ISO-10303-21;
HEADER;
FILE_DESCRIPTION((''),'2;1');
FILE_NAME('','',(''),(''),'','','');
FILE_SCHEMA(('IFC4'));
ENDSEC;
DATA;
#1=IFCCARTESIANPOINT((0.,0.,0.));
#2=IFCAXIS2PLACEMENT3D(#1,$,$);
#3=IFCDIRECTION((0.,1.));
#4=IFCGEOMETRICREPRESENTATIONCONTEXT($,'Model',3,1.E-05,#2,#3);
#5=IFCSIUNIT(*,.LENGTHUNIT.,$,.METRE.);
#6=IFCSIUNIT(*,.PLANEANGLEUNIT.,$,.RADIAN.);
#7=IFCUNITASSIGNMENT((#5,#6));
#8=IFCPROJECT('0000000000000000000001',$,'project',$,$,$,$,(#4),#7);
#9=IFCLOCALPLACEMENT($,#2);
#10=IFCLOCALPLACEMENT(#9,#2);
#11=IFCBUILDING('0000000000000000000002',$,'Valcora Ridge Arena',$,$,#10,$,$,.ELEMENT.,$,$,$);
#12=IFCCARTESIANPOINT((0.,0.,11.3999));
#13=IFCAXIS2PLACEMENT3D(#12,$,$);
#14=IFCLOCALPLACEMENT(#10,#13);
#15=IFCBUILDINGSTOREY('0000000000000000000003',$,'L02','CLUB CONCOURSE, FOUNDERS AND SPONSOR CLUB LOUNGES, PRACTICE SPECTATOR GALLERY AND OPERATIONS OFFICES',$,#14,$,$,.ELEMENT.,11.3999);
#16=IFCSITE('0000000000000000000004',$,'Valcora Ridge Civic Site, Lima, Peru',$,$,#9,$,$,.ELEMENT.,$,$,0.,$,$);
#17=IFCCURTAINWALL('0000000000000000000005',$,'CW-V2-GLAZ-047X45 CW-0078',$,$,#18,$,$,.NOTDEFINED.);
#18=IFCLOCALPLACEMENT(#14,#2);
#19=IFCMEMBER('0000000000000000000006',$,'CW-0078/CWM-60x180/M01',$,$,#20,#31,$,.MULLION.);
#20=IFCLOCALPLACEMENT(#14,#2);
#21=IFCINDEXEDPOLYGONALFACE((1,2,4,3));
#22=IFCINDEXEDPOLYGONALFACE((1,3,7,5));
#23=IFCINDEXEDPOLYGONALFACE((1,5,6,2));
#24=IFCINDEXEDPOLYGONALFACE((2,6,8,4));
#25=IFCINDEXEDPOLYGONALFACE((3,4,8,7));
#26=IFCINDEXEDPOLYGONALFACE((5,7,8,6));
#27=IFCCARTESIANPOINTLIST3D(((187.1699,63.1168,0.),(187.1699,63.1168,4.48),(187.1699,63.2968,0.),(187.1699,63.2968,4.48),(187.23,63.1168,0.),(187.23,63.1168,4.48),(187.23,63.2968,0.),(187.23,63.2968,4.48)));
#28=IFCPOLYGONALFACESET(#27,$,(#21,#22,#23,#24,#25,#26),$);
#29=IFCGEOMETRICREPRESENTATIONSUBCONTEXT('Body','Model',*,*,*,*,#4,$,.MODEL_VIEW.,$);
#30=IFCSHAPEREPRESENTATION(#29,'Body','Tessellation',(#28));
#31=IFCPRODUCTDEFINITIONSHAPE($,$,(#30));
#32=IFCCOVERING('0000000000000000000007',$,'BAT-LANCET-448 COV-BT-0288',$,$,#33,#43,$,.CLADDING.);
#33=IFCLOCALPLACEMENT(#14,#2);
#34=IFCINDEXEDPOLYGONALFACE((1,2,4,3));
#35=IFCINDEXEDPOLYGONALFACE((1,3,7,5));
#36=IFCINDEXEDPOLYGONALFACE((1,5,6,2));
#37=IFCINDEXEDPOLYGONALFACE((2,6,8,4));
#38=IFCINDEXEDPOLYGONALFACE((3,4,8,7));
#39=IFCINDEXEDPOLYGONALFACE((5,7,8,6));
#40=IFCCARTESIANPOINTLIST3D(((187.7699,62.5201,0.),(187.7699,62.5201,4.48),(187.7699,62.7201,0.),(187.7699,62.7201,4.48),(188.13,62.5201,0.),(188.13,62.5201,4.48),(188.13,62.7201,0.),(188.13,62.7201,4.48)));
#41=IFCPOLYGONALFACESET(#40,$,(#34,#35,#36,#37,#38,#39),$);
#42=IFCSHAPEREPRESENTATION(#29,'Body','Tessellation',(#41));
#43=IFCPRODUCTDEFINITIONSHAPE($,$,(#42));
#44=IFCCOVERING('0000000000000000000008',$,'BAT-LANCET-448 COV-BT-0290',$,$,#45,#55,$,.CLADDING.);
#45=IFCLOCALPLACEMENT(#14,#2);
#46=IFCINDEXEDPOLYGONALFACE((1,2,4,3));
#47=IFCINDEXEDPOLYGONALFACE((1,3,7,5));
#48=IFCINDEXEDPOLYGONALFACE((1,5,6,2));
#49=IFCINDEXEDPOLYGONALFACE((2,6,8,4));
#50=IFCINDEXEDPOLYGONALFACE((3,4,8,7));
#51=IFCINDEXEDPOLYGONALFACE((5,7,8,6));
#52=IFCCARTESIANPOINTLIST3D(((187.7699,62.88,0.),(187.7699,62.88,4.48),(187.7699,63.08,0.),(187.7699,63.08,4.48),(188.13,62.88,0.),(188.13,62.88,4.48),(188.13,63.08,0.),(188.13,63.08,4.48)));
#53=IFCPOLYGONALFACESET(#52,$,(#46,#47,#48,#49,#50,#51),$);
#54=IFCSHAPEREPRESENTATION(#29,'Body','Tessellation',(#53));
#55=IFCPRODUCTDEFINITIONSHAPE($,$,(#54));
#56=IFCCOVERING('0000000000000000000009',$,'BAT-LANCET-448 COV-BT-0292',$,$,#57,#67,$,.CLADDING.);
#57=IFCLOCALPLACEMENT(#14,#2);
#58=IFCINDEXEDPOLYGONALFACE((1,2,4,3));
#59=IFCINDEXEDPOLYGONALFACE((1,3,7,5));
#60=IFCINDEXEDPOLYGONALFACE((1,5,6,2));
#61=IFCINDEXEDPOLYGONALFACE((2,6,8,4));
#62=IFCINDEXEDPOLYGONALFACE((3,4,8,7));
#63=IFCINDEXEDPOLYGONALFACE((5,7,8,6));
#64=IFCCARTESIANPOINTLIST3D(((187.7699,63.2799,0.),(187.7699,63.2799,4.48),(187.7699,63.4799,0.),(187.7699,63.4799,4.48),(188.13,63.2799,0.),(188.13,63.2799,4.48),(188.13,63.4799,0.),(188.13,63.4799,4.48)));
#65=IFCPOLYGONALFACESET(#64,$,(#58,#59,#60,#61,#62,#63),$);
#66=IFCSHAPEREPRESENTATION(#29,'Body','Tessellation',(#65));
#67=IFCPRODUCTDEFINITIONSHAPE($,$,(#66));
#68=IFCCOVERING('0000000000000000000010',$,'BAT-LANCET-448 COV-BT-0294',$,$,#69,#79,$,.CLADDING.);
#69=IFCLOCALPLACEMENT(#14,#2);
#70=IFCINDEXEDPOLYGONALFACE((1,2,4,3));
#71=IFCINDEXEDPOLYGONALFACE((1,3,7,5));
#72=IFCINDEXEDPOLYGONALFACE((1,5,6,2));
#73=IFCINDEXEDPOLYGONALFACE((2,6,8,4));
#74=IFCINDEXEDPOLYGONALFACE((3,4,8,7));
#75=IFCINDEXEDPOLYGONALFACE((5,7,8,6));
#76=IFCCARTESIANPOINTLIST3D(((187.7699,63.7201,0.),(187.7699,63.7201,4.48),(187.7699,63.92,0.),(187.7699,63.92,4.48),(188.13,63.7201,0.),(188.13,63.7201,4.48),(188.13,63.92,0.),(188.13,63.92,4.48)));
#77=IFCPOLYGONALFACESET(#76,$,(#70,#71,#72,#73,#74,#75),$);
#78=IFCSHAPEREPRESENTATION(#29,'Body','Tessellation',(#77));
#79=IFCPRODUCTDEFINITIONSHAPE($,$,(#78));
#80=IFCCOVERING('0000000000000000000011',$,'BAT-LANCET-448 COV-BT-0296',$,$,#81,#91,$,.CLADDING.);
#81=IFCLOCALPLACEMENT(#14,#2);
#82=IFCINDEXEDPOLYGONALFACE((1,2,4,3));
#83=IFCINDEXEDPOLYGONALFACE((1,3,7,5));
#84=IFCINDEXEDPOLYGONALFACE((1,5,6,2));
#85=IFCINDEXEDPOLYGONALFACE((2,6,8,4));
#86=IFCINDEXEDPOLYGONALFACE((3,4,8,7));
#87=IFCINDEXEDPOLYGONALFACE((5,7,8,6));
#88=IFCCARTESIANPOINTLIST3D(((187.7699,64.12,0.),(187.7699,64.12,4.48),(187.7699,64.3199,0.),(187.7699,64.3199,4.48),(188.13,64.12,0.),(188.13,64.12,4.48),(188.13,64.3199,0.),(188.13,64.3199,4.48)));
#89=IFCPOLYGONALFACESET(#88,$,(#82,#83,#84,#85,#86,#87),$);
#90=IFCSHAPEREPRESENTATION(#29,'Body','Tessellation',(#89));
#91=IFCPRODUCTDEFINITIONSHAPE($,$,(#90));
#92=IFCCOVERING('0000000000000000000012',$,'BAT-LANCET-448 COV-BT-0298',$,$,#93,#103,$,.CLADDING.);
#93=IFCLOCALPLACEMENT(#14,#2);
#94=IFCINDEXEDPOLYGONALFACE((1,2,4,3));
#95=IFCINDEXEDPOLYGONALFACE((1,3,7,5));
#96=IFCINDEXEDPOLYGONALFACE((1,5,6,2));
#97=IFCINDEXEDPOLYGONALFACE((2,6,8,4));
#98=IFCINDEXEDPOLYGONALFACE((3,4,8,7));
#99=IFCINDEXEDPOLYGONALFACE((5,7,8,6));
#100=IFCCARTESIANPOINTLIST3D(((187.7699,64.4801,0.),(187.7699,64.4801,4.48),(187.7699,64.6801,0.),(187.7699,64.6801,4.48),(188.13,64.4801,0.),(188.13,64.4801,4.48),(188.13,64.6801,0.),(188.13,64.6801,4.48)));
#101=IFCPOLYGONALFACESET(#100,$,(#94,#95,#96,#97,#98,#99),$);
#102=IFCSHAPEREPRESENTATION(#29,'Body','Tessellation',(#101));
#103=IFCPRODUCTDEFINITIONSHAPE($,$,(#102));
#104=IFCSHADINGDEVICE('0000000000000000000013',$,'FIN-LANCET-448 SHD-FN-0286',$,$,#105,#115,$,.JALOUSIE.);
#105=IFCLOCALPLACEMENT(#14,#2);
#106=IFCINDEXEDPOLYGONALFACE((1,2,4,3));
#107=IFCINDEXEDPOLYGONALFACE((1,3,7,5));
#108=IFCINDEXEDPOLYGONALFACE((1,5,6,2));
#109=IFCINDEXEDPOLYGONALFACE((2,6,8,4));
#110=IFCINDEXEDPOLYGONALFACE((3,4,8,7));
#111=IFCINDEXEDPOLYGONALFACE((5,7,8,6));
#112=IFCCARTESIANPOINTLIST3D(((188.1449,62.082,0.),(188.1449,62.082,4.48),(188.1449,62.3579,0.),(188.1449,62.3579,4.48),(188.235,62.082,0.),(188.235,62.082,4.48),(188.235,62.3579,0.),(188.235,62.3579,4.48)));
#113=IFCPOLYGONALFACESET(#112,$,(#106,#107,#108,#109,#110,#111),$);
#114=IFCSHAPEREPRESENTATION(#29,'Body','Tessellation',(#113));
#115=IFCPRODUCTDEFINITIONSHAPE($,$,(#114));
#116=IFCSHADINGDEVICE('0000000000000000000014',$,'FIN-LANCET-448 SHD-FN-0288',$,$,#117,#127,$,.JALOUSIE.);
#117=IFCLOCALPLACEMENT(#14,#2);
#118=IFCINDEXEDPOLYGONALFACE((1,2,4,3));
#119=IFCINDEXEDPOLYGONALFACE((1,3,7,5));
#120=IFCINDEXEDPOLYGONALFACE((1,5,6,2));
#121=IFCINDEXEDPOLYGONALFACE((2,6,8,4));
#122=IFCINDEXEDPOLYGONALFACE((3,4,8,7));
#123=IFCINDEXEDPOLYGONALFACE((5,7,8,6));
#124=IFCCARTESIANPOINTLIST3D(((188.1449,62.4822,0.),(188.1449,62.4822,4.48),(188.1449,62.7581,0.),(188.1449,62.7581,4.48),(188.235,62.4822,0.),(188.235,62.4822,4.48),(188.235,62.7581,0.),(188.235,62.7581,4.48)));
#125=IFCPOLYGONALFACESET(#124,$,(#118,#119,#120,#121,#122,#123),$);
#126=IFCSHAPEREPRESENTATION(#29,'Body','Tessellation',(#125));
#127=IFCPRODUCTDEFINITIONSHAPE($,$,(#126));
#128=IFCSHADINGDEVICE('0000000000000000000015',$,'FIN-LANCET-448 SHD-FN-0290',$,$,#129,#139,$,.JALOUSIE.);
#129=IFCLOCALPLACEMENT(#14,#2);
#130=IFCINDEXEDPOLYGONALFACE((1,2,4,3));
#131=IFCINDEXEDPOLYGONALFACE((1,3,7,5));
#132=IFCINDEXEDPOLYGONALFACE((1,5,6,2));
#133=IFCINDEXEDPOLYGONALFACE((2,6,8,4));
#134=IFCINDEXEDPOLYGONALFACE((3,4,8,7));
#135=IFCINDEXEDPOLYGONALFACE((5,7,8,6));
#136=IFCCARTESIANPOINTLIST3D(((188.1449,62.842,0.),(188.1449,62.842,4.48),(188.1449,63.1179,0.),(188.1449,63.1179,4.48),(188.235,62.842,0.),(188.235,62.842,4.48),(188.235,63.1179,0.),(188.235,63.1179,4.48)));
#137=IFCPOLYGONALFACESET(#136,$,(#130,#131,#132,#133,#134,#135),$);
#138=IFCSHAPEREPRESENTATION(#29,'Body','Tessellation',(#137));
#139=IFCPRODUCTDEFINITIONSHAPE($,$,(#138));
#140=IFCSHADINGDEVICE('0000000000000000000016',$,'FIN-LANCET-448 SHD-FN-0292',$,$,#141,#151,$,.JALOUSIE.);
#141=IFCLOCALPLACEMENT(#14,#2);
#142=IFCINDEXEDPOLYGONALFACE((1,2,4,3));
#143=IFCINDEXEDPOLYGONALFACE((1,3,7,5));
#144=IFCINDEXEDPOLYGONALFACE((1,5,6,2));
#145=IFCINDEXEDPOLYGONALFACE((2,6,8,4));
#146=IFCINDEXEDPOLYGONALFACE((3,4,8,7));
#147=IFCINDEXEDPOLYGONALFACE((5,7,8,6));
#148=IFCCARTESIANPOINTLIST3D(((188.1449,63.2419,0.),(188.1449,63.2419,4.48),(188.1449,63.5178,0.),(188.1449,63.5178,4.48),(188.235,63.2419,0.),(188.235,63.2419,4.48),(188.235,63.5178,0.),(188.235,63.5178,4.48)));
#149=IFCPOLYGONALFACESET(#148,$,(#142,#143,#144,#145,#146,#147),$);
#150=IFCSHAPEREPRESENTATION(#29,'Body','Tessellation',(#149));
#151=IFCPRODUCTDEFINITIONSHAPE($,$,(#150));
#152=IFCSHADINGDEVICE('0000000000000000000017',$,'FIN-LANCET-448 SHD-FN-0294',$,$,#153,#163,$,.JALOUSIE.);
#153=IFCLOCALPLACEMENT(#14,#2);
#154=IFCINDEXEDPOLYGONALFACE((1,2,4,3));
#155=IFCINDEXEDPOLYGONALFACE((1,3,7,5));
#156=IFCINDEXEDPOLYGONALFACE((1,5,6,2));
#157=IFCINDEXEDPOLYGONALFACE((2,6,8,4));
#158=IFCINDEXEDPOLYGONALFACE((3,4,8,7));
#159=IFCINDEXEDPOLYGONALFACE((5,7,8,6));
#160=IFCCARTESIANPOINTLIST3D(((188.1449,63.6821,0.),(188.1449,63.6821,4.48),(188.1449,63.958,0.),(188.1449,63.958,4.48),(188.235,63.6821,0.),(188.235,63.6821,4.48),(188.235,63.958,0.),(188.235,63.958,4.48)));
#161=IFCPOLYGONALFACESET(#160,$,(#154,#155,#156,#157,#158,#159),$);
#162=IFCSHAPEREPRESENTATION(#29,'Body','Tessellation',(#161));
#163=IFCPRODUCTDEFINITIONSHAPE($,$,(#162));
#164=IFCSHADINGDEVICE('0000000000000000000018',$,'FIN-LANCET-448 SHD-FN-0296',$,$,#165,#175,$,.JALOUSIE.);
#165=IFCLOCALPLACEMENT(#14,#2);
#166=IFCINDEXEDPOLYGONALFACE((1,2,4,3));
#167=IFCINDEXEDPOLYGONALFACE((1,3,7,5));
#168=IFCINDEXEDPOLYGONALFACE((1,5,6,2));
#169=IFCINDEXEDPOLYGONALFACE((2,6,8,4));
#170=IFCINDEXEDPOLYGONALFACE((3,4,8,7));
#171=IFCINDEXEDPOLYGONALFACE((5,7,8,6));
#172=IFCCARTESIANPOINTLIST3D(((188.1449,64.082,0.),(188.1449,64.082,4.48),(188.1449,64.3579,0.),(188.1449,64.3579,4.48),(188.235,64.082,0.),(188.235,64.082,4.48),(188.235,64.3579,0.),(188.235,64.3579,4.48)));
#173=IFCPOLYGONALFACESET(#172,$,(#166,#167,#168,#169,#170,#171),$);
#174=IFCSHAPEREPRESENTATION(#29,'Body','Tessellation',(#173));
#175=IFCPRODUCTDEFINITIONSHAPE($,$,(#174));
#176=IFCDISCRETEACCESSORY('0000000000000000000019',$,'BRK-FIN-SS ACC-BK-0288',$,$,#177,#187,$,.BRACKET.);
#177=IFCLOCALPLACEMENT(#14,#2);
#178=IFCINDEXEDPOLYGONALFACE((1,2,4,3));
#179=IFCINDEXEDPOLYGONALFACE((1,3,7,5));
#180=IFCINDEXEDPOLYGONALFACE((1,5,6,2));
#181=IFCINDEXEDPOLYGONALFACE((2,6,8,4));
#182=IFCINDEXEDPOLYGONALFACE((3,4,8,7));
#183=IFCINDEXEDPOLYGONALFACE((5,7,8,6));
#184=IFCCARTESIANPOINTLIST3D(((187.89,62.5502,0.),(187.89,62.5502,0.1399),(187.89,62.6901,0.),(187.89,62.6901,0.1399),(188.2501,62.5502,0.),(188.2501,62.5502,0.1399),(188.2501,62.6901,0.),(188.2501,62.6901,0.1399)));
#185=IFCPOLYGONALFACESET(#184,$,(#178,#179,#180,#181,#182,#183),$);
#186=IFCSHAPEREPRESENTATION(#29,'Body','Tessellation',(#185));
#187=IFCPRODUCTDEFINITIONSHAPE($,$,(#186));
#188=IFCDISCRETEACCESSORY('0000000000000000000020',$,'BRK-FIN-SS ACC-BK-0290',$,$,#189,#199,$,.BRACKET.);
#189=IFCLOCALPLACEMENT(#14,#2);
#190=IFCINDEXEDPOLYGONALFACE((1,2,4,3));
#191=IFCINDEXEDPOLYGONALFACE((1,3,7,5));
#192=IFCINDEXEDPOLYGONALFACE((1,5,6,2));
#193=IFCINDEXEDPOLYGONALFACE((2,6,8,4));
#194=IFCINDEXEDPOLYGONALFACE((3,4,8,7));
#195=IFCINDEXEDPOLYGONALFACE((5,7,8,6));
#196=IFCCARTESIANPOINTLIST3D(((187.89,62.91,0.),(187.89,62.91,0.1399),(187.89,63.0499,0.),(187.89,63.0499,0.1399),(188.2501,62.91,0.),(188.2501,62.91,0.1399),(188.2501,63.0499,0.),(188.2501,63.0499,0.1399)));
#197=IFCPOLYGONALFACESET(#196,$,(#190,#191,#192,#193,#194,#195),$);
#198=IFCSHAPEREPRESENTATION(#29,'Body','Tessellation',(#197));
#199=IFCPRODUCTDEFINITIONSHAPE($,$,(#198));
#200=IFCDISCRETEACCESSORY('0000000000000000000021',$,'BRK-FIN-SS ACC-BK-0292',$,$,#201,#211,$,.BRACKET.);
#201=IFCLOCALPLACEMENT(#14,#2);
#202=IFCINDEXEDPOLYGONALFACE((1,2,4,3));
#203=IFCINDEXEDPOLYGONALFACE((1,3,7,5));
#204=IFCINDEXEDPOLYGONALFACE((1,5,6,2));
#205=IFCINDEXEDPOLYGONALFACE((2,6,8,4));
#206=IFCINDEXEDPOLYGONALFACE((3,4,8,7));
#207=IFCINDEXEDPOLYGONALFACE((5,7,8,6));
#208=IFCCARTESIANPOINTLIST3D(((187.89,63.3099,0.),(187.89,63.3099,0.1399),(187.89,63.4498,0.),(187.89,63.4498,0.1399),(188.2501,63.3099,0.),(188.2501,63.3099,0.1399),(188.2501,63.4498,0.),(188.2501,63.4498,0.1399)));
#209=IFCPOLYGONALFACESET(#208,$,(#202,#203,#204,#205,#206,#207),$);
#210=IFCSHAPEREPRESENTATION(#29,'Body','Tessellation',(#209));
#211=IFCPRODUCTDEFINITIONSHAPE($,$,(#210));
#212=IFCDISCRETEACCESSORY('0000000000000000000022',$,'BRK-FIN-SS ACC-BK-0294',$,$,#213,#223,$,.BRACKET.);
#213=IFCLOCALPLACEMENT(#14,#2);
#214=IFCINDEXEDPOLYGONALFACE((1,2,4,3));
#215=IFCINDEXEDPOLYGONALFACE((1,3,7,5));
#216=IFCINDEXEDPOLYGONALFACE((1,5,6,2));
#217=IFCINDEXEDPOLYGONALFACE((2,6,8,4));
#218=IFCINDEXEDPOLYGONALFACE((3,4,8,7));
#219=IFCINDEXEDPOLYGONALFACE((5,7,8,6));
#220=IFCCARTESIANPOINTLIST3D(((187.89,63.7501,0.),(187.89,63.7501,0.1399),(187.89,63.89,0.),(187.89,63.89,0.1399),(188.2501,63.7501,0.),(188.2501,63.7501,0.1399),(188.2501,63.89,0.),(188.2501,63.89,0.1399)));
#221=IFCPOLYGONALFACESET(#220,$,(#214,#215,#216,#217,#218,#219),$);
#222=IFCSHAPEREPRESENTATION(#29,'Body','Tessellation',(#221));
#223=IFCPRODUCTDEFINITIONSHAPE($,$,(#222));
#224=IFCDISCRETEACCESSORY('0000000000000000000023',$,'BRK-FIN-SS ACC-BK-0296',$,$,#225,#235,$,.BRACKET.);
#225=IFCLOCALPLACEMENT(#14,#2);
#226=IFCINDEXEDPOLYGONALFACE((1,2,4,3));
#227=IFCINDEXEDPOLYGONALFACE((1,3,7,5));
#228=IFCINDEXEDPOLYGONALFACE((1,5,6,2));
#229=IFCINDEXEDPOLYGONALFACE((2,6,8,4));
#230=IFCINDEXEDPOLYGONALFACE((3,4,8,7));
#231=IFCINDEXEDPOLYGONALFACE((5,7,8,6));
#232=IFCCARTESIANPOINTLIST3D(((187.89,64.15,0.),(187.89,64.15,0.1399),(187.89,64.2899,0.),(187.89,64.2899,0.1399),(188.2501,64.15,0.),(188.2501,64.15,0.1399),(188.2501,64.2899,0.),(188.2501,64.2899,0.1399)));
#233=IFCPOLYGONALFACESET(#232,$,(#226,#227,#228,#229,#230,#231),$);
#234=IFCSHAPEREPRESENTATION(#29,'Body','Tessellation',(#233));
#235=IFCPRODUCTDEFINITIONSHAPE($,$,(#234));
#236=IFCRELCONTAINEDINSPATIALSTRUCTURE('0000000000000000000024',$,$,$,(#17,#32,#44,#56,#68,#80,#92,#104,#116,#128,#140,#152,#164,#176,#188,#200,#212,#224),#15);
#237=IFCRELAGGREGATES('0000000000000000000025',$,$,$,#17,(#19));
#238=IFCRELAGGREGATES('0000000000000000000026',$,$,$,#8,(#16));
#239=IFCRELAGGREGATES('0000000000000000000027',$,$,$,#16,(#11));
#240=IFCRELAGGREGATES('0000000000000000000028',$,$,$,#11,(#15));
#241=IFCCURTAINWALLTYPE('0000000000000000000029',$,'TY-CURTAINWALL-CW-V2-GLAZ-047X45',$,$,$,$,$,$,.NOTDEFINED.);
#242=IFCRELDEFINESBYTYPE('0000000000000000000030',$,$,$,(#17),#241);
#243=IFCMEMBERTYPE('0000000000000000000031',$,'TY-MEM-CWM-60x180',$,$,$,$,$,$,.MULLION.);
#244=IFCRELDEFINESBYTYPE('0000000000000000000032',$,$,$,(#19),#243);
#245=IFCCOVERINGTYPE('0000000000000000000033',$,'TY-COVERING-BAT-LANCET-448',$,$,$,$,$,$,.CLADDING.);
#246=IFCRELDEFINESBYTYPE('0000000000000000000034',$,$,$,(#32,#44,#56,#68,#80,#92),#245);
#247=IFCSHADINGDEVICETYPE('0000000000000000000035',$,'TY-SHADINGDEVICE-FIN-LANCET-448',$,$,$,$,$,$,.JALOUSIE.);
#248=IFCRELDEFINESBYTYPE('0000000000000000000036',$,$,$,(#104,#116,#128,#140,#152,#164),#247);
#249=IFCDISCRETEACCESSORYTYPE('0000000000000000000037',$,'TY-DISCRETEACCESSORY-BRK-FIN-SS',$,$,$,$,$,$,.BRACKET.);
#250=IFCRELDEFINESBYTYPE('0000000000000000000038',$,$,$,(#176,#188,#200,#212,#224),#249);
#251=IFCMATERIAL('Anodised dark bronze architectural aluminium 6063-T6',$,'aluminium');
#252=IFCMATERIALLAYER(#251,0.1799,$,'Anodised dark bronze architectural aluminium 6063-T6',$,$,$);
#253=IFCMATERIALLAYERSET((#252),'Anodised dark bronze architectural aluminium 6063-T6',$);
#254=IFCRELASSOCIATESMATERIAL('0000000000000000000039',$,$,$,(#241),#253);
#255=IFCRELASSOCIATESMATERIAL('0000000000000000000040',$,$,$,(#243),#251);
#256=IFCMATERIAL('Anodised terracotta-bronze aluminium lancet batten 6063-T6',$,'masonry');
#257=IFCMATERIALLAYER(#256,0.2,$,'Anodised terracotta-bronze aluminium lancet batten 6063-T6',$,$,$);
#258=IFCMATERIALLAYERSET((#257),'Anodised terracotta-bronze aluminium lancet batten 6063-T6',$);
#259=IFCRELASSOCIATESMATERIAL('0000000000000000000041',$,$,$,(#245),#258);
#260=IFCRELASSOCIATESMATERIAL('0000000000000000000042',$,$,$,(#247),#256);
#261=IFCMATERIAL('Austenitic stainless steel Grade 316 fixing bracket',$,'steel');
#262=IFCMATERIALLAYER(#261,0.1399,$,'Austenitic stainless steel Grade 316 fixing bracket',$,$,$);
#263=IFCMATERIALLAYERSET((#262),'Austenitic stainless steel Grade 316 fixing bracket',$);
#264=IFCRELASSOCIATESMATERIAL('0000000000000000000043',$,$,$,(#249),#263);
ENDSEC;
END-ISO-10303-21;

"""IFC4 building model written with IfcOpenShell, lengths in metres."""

from ifc_helpers import new_model, si_unit, direction, frame, origin, origin_2d, place, context, subcontext, project, spatial, rectangle, extrude, material, layer, layer_set, material_profile, profile_set, type_object, element, aggregate, save


model = new_model("IFC4")

# Units and contexts
model_context = context("Model", 3, precision=1e-05, world=origin(), true_north=direction((0.0, 1.0)))
body_context = subcontext(model_context, "Body", "Model", "MODEL_VIEW")
ifc_project = project(units=[si_unit("LENGTHUNIT", "METRE"), si_unit("PLANEANGLEUNIT", "RADIAN")], contexts=[model_context])

# Site, building, storey
site_placement = place(None, origin())
site = spatial("IfcSite", under=ifc_project, at=site_placement, Name="Valcora Ridge Civic Site, Lima, Peru", CompositionType="ELEMENT", RefElevation=0.0)
building_placement = place(site_placement, origin())
building = spatial("IfcBuilding", under=site, at=building_placement, Name="Valcora Ridge Arena", CompositionType="ELEMENT")
storey_placement = place(building_placement, frame((0.0, 0.0, 11.3999)))
storey = spatial("IfcBuildingStorey", under=building, at=storey_placement, Name="L02", Description="CLUB CONCOURSE, FOUNDERS AND SPONSOR CLUB LOUNGES, PRACTICE SPECTATOR GALLERY AND OPERATIONS OFFICES", CompositionType="ELEMENT", Elevation=11.3999)

# Curtain wall, member
ifc_material_1 = material(Name="Anodised dark bronze architectural aluminium 6063-T6", Category="aluminium")
ifc_layer_1 = layer(ifc_material_1, 0.1799, Name="Anodised dark bronze architectural aluminium 6063-T6")
ifc_layer_set_1 = layer_set([ifc_layer_1], Name="Anodised dark bronze architectural aluminium 6063-T6")
curtain_wall_type = type_object("IfcCurtainWallType", Name="TY-CURTAINWALL-CW-V2-GLAZ-047X45", PredefinedType="NOTDEFINED", material=ifc_layer_set_1)
curtain_wall_placement = place(storey_placement, origin())
curtain_wall = element("IfcCurtainWall", 1, at=curtain_wall_placement, inside=storey, type_object=curtain_wall_type, Name="CW-V2-GLAZ-047X45 CW-0078", PredefinedType="NOTDEFINED")
ifc_material_profile_1 = material_profile(ifc_material_1, rectangle(XDim=0.0601, YDim=0.1799, at=origin_2d()), Name="ALU MULLION 60x180")
ifc_profile_set_1 = profile_set([ifc_material_profile_1], Name="Anodised dark bronze architectural aluminium 6063-T6")
member_type = type_object("IfcMemberType", Name="TY-MEM-CWM-60x180", PredefinedType="MULLION", material=ifc_profile_set_1)
member_placement = place(storey_placement, frame((187.2, 63.2068, 0.0), z_axis=(0.0, 0.0, 1.0), x_axis=(-1.0, 0.0, 0.0)))
member = element("IfcMember", 2, at=member_placement, type_object=member_type, Name="CW-0078/CWM-60x180/M01", PredefinedType="MULLION", context=body_context, shape_type="SweptSolid", body=[
    extrude(rectangle(XDim=0.0601, YDim=0.1799, at=origin_2d()), origin(), (0.0, 0.0, 1.0), 4.48),
])
aggregate(curtain_wall, [member])

# Coverings
ifc_material_2 = material(Name="Anodised terracotta-bronze aluminium lancet batten 6063-T6", Category="masonry")
ifc_layer_2 = layer(ifc_material_2, 0.2, Name="Anodised terracotta-bronze aluminium lancet batten 6063-T6")
ifc_layer_set_2 = layer_set([ifc_layer_2], Name="Anodised terracotta-bronze aluminium lancet batten 6063-T6")
covering_type = type_object("IfcCoveringType", Name="TY-COVERING-BAT-LANCET-448", PredefinedType="CLADDING", material=ifc_layer_set_2)
for number, where, z_axis, x_axis, name in (
    (3, (187.95, 62.6201, 0.0), (0.0, 0.0, 1.0), (1.0, 0.0, 0.0), "BAT-LANCET-448 COV-BT-0288"),
    (4, (187.95, 62.98, 0.0), (0.0, 0.0, 1.0), (1.0, 0.0, 0.0), "BAT-LANCET-448 COV-BT-0290"),
    (5, (187.95, 63.3799, 0.0), (0.0, 0.0, 1.0), (1.0, 0.0, 0.0), "BAT-LANCET-448 COV-BT-0292"),
    (6, (187.95, 63.8201, 0.0), (0.0, 0.0, 1.0), (1.0, 0.0, 0.0), "BAT-LANCET-448 COV-BT-0294"),
    (7, (187.95, 64.22, 0.0), (0.0, 0.0, 1.0), (1.0, 0.0, 0.0), "BAT-LANCET-448 COV-BT-0296"),
    (8, (187.95, 64.5801, 0.0), (0.0, 0.0, 1.0), (1.0, 0.0, 0.0), "BAT-LANCET-448 COV-BT-0298"),
):
    element("IfcCovering", number, at=place(storey_placement, frame(where, z_axis=z_axis, x_axis=x_axis)), inside=storey, type_object=covering_type, Name=name, PredefinedType="CLADDING", context=body_context, shape_type="SweptSolid", body=[
        extrude(rectangle(XDim=0.3601, YDim=0.2, at=origin_2d()), origin(), (0.0, 0.0, 1.0), 4.48),
    ])

# Shading devices
ifc_material_profile_2 = material_profile(ifc_material_2, rectangle(XDim=0.0901, YDim=0.2759, at=origin_2d()), Name="ALU LANCET BATTEN 90x276")
ifc_profile_set_2 = profile_set([ifc_material_profile_2], Name="Anodised terracotta-bronze aluminium lancet batten 6063-T6")
shading_device_type = type_object("IfcShadingDeviceType", Name="TY-SHADINGDEVICE-FIN-LANCET-448", PredefinedType="JALOUSIE", material=ifc_profile_set_2)
for number, where, z_axis, x_axis, name in (
    (9, (188.1899, 62.22, 0.0), (0.0, 0.0, 1.0), (1.0, 0.0, 0.0), "FIN-LANCET-448 SHD-FN-0286"),
    (10, (188.1899, 62.6201, 0.0), (0.0, 0.0, 1.0), (1.0, 0.0, 0.0), "FIN-LANCET-448 SHD-FN-0288"),
    (11, (188.1899, 62.98, 0.0), (0.0, 0.0, 1.0), (1.0, 0.0, 0.0), "FIN-LANCET-448 SHD-FN-0290"),
    (12, (188.1899, 63.3799, 0.0), (0.0, 0.0, 1.0), (1.0, 0.0, 0.0), "FIN-LANCET-448 SHD-FN-0292"),
    (13, (188.1899, 63.8201, 0.0), (0.0, 0.0, 1.0), (1.0, 0.0, 0.0), "FIN-LANCET-448 SHD-FN-0294"),
    (14, (188.1899, 64.22, 0.0), (0.0, 0.0, 1.0), (1.0, 0.0, 0.0), "FIN-LANCET-448 SHD-FN-0296"),
):
    element("IfcShadingDevice", number, at=place(storey_placement, frame(where, z_axis=z_axis, x_axis=x_axis)), inside=storey, type_object=shading_device_type, Name=name, PredefinedType="JALOUSIE", context=body_context, shape_type="SweptSolid", body=[
        extrude(rectangle(XDim=0.0901, YDim=0.2759, at=origin_2d()), origin(), (0.0, 0.0, 1.0), 4.48),
    ])

# Discrete accessories
ifc_material_3 = material(Name="Austenitic stainless steel Grade 316 fixing bracket", Category="steel")
ifc_layer_3 = layer(ifc_material_3, 0.1399, Name="Austenitic stainless steel Grade 316 fixing bracket")
ifc_layer_set_3 = layer_set([ifc_layer_3], Name="Austenitic stainless steel Grade 316 fixing bracket")
discrete_accessory_type = type_object("IfcDiscreteAccessoryType", Name="TY-DISCRETEACCESSORY-BRK-FIN-SS", PredefinedType="BRACKET", material=ifc_layer_set_3)
for number, where, z_axis, x_axis, name in (
    (15, (188.0701, 62.6201, 0.0), (0.0, 0.0, 1.0), (1.0, 0.0, 0.0), "BRK-FIN-SS ACC-BK-0288"),
    (16, (188.0701, 62.98, 0.0), (0.0, 0.0, 1.0), (1.0, 0.0, 0.0), "BRK-FIN-SS ACC-BK-0290"),
    (17, (188.0701, 63.3799, 0.0), (0.0, 0.0, 1.0), (1.0, 0.0, 0.0), "BRK-FIN-SS ACC-BK-0292"),
    (18, (188.0701, 63.8201, 0.0), (0.0, 0.0, 1.0), (1.0, 0.0, 0.0), "BRK-FIN-SS ACC-BK-0294"),
    (19, (188.0701, 64.22, 0.0), (0.0, 0.0, 1.0), (1.0, 0.0, 0.0), "BRK-FIN-SS ACC-BK-0296"),
):
    element("IfcDiscreteAccessory", number, at=place(storey_placement, frame(where, z_axis=z_axis, x_axis=x_axis)), inside=storey, type_object=discrete_accessory_type, Name=name, PredefinedType="BRACKET", context=body_context, shape_type="SweptSolid", body=[
        extrude(rectangle(XDim=0.3601, YDim=0.1399, at=origin_2d()), origin(), (0.0, 0.0, 1.0), 0.1399),
    ])

save(model, "model.ifc")
